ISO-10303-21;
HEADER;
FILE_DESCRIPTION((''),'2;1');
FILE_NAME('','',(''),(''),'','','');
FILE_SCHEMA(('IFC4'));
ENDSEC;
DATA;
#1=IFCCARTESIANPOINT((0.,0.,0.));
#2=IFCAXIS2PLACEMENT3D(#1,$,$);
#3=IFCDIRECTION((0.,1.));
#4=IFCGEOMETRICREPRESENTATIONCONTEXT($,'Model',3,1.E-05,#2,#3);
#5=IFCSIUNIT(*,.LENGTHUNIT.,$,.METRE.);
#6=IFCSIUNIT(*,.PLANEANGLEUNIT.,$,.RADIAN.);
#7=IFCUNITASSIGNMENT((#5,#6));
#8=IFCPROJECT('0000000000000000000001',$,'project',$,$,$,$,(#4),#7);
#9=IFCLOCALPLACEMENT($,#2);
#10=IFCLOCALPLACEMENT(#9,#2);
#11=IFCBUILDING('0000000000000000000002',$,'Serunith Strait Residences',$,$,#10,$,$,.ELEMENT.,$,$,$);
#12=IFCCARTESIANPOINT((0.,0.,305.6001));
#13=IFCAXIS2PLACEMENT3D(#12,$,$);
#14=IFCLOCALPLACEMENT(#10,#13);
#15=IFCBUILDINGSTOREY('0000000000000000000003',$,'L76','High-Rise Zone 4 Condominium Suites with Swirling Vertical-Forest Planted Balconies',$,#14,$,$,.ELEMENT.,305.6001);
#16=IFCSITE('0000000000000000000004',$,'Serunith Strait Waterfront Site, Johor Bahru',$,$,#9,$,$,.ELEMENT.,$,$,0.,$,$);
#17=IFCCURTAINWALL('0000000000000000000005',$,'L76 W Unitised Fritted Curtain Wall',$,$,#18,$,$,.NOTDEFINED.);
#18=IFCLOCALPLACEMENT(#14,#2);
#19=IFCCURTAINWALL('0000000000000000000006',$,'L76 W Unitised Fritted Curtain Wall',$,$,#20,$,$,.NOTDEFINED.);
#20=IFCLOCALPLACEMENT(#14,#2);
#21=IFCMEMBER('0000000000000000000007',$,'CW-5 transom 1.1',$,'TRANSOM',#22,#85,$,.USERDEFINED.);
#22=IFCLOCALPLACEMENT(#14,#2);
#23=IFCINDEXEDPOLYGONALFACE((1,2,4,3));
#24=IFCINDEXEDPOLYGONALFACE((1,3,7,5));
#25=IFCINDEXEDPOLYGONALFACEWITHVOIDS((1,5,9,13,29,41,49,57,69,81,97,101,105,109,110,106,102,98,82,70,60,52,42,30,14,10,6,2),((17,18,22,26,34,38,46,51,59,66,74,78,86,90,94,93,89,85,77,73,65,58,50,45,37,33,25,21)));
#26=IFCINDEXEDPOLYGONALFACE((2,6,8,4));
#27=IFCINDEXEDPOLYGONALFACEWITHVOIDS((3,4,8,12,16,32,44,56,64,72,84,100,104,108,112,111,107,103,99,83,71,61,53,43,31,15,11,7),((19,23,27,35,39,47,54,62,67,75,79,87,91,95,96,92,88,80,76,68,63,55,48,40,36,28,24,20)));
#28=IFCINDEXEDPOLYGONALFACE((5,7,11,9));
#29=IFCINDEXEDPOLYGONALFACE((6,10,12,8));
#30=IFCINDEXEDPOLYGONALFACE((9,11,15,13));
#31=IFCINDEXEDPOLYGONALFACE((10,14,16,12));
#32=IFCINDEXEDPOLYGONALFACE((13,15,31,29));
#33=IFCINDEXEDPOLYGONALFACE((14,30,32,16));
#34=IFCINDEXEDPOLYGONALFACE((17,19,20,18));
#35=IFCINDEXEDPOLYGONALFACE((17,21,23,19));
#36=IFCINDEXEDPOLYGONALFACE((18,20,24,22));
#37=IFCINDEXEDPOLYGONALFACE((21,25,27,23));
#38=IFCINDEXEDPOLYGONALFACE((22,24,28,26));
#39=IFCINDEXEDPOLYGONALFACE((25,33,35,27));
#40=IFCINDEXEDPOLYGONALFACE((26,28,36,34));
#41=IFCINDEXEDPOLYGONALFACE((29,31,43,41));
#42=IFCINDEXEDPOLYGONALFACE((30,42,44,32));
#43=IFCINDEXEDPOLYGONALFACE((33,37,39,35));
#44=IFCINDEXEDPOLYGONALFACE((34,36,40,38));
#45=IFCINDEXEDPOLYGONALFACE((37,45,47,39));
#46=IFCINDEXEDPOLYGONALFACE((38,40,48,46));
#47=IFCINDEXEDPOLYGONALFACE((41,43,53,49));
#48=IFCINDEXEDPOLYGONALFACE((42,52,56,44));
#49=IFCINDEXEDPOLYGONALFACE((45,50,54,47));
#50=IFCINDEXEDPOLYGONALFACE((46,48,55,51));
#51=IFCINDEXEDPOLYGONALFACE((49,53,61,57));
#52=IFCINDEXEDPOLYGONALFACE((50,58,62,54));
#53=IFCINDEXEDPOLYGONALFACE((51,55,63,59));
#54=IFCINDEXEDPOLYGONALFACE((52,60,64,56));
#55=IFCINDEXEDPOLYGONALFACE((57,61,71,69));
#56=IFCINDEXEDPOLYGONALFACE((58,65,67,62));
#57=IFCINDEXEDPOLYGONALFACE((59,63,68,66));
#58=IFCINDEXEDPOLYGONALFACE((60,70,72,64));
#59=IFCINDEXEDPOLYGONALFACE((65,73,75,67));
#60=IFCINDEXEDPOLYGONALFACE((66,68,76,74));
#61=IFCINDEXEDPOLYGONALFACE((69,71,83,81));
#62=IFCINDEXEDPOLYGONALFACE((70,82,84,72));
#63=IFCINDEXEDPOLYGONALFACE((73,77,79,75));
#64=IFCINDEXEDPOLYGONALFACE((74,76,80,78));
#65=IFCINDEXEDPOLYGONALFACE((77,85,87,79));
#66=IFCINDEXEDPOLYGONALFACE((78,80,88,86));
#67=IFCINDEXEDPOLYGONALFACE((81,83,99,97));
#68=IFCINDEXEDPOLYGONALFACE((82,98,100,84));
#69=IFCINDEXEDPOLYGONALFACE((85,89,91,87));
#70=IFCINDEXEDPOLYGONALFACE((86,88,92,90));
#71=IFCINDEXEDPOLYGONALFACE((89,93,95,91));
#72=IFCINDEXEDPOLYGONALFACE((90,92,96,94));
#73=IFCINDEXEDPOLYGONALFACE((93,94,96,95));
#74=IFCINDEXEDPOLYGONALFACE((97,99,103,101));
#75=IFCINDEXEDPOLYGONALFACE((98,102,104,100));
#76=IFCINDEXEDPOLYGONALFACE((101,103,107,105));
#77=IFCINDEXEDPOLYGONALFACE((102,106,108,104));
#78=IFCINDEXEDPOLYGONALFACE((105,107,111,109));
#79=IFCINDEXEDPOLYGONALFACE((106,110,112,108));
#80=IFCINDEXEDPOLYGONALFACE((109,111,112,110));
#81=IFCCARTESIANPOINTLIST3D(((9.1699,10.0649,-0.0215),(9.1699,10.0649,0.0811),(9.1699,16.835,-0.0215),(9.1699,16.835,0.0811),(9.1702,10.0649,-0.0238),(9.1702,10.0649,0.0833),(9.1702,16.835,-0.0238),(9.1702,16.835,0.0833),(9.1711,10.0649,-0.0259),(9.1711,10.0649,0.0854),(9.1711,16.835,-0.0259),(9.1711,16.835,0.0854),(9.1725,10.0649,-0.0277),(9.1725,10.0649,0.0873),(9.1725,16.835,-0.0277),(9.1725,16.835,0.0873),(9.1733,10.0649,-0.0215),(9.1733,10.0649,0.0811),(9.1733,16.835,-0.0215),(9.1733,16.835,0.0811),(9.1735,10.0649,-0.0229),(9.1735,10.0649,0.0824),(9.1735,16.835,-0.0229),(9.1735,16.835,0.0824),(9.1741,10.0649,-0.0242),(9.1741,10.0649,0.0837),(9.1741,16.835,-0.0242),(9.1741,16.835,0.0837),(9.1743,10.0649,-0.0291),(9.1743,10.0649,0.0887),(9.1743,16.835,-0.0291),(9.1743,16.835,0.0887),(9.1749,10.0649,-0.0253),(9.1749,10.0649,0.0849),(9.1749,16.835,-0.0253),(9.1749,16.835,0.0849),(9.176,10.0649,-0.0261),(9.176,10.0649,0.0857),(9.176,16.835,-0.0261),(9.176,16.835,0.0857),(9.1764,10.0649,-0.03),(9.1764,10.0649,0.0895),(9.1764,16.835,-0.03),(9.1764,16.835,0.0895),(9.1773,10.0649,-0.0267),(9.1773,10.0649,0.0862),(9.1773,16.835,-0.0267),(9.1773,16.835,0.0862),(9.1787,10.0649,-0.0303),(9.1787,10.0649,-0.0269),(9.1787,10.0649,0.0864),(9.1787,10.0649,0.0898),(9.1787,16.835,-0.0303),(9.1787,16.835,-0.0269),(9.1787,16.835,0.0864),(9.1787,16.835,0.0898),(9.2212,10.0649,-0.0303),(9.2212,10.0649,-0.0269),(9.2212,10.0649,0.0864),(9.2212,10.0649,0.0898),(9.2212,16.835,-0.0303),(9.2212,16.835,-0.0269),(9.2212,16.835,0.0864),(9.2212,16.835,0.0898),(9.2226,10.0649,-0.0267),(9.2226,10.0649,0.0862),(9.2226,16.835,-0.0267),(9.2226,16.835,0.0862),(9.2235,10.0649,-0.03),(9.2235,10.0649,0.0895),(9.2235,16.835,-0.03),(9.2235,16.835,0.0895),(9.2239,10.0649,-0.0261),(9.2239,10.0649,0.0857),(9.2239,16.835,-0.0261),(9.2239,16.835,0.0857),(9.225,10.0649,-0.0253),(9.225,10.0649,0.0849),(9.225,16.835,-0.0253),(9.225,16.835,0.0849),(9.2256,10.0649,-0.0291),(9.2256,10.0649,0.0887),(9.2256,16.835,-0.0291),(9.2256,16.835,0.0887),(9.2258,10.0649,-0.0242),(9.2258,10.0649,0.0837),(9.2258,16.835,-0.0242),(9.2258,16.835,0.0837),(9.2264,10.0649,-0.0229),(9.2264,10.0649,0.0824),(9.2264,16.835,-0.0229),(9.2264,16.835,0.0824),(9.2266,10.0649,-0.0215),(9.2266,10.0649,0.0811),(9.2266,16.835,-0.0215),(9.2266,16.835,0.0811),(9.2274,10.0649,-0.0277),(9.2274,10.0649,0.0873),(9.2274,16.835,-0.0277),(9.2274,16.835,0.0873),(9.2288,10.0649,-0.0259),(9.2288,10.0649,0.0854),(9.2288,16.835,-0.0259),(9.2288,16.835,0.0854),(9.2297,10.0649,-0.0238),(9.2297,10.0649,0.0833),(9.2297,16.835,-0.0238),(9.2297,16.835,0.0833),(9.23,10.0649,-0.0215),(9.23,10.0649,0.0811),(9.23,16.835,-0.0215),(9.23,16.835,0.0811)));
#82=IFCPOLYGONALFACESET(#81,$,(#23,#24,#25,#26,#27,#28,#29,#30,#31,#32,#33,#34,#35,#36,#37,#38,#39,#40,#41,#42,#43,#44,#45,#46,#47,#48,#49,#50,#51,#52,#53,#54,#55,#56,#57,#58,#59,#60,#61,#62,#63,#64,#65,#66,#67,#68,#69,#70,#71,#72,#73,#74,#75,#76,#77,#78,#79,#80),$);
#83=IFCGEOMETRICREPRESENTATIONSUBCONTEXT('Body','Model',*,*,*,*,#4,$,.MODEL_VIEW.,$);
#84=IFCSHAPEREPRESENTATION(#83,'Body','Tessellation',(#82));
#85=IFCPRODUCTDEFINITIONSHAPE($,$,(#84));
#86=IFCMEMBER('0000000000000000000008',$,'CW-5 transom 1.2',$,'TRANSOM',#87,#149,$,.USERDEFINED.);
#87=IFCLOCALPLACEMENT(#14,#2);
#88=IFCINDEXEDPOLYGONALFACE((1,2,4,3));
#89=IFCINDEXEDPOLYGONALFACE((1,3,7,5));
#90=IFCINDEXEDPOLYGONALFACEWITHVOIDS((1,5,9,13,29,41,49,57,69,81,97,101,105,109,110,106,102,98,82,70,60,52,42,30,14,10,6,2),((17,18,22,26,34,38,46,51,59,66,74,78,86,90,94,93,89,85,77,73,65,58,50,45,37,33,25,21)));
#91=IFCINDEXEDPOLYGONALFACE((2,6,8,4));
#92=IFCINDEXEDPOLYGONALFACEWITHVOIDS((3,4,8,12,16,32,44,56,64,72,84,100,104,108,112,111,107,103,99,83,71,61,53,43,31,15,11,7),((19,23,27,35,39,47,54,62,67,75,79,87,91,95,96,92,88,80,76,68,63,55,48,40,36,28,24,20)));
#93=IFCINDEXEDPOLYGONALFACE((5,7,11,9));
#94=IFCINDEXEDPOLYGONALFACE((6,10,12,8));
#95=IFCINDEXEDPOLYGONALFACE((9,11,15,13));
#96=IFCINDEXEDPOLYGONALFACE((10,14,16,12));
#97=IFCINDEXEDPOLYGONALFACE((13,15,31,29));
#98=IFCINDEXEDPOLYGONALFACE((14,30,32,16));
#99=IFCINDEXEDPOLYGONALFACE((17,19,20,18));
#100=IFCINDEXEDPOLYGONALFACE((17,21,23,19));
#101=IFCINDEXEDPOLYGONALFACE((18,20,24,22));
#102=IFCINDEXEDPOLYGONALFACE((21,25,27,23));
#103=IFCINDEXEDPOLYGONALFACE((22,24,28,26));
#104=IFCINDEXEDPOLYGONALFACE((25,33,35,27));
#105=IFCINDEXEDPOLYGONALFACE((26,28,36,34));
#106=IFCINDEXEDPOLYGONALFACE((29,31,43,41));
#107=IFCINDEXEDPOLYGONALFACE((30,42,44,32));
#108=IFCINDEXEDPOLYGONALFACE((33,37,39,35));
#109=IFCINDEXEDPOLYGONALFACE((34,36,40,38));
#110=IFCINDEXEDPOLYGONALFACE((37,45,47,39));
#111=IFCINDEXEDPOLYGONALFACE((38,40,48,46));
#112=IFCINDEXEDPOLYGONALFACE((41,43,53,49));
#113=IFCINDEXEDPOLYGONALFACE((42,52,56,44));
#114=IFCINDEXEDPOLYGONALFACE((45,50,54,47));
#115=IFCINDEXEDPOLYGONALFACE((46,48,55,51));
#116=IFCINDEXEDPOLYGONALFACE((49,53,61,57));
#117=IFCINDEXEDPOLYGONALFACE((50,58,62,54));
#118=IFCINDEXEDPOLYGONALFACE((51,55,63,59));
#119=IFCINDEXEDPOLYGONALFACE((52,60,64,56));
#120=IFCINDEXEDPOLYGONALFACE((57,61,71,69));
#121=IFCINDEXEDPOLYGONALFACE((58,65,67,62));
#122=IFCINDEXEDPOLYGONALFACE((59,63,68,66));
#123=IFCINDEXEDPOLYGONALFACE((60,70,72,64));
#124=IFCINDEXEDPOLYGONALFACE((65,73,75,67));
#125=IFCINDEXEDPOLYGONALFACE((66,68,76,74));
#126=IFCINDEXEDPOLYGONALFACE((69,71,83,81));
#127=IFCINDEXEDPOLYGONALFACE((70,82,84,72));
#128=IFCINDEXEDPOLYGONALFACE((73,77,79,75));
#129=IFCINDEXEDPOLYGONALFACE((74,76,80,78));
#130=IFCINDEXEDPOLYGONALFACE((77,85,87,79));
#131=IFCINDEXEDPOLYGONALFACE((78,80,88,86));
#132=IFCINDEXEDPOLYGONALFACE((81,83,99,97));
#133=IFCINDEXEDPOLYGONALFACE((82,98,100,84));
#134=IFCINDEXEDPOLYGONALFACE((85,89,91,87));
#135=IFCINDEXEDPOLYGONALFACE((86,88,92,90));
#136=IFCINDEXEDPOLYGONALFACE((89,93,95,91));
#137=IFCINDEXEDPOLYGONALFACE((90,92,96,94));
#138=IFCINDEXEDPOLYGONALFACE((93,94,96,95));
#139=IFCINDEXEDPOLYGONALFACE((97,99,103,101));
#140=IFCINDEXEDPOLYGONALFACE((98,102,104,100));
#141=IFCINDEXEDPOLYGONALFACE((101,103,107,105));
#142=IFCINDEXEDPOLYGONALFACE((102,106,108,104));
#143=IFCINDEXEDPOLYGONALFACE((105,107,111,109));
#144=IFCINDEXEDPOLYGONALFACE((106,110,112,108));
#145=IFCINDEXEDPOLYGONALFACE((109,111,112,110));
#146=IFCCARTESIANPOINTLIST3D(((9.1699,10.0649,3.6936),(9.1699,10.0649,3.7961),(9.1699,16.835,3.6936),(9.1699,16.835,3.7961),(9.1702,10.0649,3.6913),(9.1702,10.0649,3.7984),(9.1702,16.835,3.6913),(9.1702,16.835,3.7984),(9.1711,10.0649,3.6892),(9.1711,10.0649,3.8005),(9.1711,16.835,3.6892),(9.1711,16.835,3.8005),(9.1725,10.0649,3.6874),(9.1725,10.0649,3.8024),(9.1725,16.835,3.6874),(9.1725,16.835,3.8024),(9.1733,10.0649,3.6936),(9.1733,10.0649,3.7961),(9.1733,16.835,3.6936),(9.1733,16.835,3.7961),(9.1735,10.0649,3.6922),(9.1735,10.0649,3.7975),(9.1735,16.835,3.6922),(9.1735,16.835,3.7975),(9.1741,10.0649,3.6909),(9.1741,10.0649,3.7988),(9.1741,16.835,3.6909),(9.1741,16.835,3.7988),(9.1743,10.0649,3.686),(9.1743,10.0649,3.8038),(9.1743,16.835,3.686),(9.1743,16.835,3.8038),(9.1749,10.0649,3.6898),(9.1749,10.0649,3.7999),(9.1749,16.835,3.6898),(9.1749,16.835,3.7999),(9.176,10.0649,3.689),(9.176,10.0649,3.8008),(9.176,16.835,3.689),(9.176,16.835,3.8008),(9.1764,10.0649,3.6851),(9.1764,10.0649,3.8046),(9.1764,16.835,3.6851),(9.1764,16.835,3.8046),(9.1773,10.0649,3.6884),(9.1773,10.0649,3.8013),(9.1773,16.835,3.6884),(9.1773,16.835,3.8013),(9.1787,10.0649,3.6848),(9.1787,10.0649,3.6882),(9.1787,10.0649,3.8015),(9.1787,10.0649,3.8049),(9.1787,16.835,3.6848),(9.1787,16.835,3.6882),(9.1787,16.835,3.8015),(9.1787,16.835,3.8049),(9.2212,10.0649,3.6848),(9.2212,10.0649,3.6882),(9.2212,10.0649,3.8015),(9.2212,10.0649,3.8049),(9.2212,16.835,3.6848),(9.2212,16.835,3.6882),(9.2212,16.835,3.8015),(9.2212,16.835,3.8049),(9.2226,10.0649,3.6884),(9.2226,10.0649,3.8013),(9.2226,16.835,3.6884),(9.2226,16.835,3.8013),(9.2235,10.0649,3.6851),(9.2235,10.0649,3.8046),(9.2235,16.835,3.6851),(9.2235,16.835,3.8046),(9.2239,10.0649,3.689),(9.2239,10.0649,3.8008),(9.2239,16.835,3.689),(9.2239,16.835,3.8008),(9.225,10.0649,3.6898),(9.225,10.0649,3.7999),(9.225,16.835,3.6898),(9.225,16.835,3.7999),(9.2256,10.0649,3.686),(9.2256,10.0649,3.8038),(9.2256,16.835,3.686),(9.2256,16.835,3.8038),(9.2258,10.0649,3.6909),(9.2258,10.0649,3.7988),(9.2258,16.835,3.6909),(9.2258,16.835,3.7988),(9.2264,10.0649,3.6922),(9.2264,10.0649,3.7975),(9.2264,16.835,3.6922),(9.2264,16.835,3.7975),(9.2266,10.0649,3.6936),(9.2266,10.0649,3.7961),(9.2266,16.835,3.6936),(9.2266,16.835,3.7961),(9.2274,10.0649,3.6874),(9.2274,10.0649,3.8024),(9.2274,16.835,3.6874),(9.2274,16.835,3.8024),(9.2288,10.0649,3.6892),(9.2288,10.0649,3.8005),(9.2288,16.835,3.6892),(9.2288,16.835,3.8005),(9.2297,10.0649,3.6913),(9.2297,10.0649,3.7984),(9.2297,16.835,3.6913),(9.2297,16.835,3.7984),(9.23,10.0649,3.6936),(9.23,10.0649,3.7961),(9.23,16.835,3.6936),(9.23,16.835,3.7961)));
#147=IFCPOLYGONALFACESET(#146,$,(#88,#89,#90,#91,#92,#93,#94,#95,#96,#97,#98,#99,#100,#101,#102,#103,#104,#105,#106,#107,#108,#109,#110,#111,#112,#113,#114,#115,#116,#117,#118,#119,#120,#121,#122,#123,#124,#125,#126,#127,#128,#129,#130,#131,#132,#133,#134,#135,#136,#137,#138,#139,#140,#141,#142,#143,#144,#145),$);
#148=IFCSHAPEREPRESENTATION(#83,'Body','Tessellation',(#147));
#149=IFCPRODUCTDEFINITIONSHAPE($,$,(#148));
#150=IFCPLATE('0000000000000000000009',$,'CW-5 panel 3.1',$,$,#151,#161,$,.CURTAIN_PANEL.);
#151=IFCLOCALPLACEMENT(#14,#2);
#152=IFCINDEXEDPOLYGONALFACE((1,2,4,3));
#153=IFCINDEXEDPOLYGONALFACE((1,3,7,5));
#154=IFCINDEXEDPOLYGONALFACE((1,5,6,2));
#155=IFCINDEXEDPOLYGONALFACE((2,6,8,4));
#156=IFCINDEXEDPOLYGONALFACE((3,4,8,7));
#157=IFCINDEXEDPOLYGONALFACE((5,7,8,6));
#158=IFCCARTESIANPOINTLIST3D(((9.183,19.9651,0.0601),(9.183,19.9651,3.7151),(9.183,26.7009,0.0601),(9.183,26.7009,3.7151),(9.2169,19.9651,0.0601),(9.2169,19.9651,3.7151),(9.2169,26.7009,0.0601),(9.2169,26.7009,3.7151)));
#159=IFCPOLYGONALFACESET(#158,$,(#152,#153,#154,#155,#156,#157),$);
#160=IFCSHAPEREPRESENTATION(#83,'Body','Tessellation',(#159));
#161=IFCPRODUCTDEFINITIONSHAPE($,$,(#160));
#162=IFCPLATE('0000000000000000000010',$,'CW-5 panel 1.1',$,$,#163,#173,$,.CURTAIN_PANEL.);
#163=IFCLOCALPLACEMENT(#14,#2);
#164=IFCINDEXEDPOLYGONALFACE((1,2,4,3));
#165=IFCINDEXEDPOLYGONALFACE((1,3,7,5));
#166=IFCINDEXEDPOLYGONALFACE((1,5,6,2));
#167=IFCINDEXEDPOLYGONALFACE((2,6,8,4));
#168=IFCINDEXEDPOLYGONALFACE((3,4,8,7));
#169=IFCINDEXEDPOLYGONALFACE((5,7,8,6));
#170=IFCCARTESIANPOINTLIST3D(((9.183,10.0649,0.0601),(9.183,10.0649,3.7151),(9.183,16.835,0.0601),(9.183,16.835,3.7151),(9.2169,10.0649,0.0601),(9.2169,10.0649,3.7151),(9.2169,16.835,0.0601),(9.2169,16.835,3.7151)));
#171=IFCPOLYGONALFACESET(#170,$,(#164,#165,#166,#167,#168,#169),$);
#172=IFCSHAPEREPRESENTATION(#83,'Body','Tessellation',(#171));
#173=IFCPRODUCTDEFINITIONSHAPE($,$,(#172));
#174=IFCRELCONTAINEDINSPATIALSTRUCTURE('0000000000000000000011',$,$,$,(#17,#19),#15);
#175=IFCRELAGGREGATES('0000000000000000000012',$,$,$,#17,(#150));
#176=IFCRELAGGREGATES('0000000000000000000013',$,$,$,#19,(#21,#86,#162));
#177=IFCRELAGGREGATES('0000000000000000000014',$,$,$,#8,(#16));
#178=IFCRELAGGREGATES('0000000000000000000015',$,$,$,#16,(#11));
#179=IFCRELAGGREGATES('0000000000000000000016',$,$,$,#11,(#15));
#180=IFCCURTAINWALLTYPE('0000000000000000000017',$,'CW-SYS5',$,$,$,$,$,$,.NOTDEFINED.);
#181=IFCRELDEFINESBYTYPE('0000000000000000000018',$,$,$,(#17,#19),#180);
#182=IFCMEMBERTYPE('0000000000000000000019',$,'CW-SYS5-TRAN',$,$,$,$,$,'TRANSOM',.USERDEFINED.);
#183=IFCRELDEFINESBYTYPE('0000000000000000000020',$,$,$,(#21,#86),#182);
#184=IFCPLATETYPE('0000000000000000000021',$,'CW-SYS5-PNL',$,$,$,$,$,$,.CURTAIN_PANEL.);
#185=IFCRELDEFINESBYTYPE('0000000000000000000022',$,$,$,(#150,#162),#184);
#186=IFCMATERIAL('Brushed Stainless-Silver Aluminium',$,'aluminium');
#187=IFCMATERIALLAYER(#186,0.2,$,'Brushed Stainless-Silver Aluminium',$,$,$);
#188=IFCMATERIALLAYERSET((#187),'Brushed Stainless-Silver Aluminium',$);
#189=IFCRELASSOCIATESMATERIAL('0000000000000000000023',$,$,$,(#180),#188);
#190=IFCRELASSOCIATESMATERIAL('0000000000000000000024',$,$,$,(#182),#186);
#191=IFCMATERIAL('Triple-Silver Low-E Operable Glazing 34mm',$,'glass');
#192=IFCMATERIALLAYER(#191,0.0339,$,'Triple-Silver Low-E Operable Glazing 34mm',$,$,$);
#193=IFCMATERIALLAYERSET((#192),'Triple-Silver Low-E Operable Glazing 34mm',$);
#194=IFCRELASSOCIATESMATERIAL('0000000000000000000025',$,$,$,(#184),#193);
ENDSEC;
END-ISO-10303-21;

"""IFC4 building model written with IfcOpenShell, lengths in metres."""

from ifc_helpers import new_model, si_unit, direction, frame, origin, origin_2d, place, context, subcontext, project, spatial, rectangle, hollow_rectangle, extrude, source, transform, mapped, material, layer, layer_set, material_profile, profile_set, type_object, element, aggregate, save


model = new_model("IFC4")

# Units and contexts
model_context = context("Model", 3, precision=1e-05, world=origin(), true_north=direction((0.0, 1.0)))
body_context = subcontext(model_context, "Body", "Model", "MODEL_VIEW")
ifc_project = project(units=[si_unit("LENGTHUNIT", "METRE"), si_unit("PLANEANGLEUNIT", "RADIAN")], contexts=[model_context])

# Site, building, storey
site_placement = place(None, origin())
site = spatial("IfcSite", under=ifc_project, at=site_placement, Name="Serunith Strait Waterfront Site, Johor Bahru", CompositionType="ELEMENT", RefElevation=0.0)
building_placement = place(site_placement, origin())
building = spatial("IfcBuilding", under=site, at=building_placement, Name="Serunith Strait Residences", CompositionType="ELEMENT")
storey_placement = place(building_placement, frame((0.0, 0.0, 305.6001)))
storey = spatial("IfcBuildingStorey", under=building, at=storey_placement, Name="L76", Description="High-Rise Zone 4 Condominium Suites with Swirling Vertical-Forest Planted Balconies", CompositionType="ELEMENT", Elevation=305.6001)

# Curtain wall
ifc_material_1 = material(Name="Brushed Stainless-Silver Aluminium", Category="aluminium")
ifc_layer_1 = layer(ifc_material_1, 0.2, Name="Brushed Stainless-Silver Aluminium")
ifc_layer_set_1 = layer_set([ifc_layer_1], Name="Brushed Stainless-Silver Aluminium")
curtain_wall_type = type_object("IfcCurtainWallType", Name="CW-SYS5", PredefinedType="NOTDEFINED", material=ifc_layer_set_1)
curtain_wall_1_placement = place(storey_placement, origin())
curtain_wall_1 = element("IfcCurtainWall", 1, at=curtain_wall_1_placement, inside=storey, type_object=curtain_wall_type, Name="L76 W Unitised Fritted Curtain Wall", PredefinedType="NOTDEFINED")

# Curtain wall, members
curtain_wall_2_placement = place(storey_placement, origin())
curtain_wall_2 = element("IfcCurtainWall", 2, at=curtain_wall_2_placement, inside=storey, type_object=curtain_wall_type, Name="L76 W Unitised Fritted Curtain Wall", PredefinedType="NOTDEFINED")
ifc_material_profile_1 = material_profile(ifc_material_1, hollow_rectangle(XDim=0.0601, YDim=0.1201, WallThickness=0.0034, InnerFilletRadius=0.0054, OuterFilletRadius=0.0088, at=origin_2d()), Name="ALU 120x60x3.5")
ifc_profile_set_1 = profile_set([ifc_material_profile_1], Name="Brushed Stainless-Silver Aluminium")
member_type_1 = type_object("IfcMemberType", Name="CW-SYS5-TRAN", ElementType="TRANSOM", PredefinedType="USERDEFINED", material=ifc_profile_set_1)
shared_shape_1 = source(origin(), body_context, "Body", "SweptSolid", [
    extrude(hollow_rectangle(XDim=0.0601, YDim=0.1201, WallThickness=0.0034, InnerFilletRadius=0.0054, OuterFilletRadius=0.0088, at=origin_2d()), origin(), (0.0, 0.0, 1.0), 6.77),
])
member_1_placement = place(storey_placement, frame((9.2, 16.835, 0.0298), z_axis=(0.0, -1.0, 0.0), x_axis=(1.0, 0.0, 0.0)))
member_1 = element("IfcMember", 3, at=member_1_placement, type_object=member_type_1, Name="CW-5 transom 1.1", ObjectType="TRANSOM", PredefinedType="USERDEFINED", context=body_context, shape_type="MappedRepresentation", body=[
    mapped(shared_shape_1, transform((0.0, 0.0, 0.0), scale=1.0)),
])
member_2_placement = place(storey_placement, frame((9.2, 16.835, 3.7449), z_axis=(0.0, -1.0, 0.0), x_axis=(1.0, 0.0, 0.0)))
member_2 = element("IfcMember", 4, at=member_2_placement, type_object=member_type_1, Name="CW-5 transom 1.2", ObjectType="TRANSOM", PredefinedType="USERDEFINED", context=body_context, shape_type="MappedRepresentation", body=[
    mapped(shared_shape_1, transform((0.0, 0.0, 0.0), scale=1.0)),
])

# Plates
ifc_material_2 = material(Name="Triple-Silver Low-E Operable Glazing 34mm", Category="glass")
ifc_layer_2 = layer(ifc_material_2, 0.0339, Name="Triple-Silver Low-E Operable Glazing 34mm")
ifc_layer_set_2 = layer_set([ifc_layer_2], Name="Triple-Silver Low-E Operable Glazing 34mm")
plate_type = type_object("IfcPlateType", Name="CW-SYS5-PNL", PredefinedType="CURTAIN_PANEL", material=ifc_layer_set_2)
shared_shape_2 = source(origin(), body_context, "Body", "SweptSolid", [
    extrude(rectangle(XDim=6.7358, YDim=0.0339, at=origin_2d()), origin(), (0.0, 0.0, 1.0), 3.655),
])
plate_1_placement = place(storey_placement, frame((9.2, 23.333, 0.0601), z_axis=(0.0, 0.0, 1.0), x_axis=(0.0, -1.0, 0.0)))
plate_1 = element("IfcPlate", 5, at=plate_1_placement, type_object=plate_type, Name="CW-5 panel 3.1", PredefinedType="CURTAIN_PANEL", context=body_context, shape_type="MappedRepresentation", body=[
    mapped(shared_shape_2, transform((0.0, 0.0, 0.0), scale=1.0)),
])
aggregate(curtain_wall_1, [plate_1])
shared_shape_3 = source(origin(), body_context, "Body", "SweptSolid", [
    extrude(rectangle(XDim=6.77, YDim=0.0339, at=origin_2d()), origin(), (0.0, 0.0, 1.0), 3.655),
])
plate_2_placement = place(storey_placement, frame((9.2, 13.45, 0.0601), z_axis=(0.0, 0.0, 1.0), x_axis=(0.0, -1.0, 0.0)))
plate_2 = element("IfcPlate", 6, at=plate_2_placement, type_object=plate_type, Name="CW-5 panel 1.1", PredefinedType="CURTAIN_PANEL", context=body_context, shape_type="MappedRepresentation", body=[
    mapped(shared_shape_3, transform((0.0, 0.0, 0.0), scale=1.0)),
])
aggregate(curtain_wall_2, [member_1, member_2, plate_2])

save(model, "model.ifc")
